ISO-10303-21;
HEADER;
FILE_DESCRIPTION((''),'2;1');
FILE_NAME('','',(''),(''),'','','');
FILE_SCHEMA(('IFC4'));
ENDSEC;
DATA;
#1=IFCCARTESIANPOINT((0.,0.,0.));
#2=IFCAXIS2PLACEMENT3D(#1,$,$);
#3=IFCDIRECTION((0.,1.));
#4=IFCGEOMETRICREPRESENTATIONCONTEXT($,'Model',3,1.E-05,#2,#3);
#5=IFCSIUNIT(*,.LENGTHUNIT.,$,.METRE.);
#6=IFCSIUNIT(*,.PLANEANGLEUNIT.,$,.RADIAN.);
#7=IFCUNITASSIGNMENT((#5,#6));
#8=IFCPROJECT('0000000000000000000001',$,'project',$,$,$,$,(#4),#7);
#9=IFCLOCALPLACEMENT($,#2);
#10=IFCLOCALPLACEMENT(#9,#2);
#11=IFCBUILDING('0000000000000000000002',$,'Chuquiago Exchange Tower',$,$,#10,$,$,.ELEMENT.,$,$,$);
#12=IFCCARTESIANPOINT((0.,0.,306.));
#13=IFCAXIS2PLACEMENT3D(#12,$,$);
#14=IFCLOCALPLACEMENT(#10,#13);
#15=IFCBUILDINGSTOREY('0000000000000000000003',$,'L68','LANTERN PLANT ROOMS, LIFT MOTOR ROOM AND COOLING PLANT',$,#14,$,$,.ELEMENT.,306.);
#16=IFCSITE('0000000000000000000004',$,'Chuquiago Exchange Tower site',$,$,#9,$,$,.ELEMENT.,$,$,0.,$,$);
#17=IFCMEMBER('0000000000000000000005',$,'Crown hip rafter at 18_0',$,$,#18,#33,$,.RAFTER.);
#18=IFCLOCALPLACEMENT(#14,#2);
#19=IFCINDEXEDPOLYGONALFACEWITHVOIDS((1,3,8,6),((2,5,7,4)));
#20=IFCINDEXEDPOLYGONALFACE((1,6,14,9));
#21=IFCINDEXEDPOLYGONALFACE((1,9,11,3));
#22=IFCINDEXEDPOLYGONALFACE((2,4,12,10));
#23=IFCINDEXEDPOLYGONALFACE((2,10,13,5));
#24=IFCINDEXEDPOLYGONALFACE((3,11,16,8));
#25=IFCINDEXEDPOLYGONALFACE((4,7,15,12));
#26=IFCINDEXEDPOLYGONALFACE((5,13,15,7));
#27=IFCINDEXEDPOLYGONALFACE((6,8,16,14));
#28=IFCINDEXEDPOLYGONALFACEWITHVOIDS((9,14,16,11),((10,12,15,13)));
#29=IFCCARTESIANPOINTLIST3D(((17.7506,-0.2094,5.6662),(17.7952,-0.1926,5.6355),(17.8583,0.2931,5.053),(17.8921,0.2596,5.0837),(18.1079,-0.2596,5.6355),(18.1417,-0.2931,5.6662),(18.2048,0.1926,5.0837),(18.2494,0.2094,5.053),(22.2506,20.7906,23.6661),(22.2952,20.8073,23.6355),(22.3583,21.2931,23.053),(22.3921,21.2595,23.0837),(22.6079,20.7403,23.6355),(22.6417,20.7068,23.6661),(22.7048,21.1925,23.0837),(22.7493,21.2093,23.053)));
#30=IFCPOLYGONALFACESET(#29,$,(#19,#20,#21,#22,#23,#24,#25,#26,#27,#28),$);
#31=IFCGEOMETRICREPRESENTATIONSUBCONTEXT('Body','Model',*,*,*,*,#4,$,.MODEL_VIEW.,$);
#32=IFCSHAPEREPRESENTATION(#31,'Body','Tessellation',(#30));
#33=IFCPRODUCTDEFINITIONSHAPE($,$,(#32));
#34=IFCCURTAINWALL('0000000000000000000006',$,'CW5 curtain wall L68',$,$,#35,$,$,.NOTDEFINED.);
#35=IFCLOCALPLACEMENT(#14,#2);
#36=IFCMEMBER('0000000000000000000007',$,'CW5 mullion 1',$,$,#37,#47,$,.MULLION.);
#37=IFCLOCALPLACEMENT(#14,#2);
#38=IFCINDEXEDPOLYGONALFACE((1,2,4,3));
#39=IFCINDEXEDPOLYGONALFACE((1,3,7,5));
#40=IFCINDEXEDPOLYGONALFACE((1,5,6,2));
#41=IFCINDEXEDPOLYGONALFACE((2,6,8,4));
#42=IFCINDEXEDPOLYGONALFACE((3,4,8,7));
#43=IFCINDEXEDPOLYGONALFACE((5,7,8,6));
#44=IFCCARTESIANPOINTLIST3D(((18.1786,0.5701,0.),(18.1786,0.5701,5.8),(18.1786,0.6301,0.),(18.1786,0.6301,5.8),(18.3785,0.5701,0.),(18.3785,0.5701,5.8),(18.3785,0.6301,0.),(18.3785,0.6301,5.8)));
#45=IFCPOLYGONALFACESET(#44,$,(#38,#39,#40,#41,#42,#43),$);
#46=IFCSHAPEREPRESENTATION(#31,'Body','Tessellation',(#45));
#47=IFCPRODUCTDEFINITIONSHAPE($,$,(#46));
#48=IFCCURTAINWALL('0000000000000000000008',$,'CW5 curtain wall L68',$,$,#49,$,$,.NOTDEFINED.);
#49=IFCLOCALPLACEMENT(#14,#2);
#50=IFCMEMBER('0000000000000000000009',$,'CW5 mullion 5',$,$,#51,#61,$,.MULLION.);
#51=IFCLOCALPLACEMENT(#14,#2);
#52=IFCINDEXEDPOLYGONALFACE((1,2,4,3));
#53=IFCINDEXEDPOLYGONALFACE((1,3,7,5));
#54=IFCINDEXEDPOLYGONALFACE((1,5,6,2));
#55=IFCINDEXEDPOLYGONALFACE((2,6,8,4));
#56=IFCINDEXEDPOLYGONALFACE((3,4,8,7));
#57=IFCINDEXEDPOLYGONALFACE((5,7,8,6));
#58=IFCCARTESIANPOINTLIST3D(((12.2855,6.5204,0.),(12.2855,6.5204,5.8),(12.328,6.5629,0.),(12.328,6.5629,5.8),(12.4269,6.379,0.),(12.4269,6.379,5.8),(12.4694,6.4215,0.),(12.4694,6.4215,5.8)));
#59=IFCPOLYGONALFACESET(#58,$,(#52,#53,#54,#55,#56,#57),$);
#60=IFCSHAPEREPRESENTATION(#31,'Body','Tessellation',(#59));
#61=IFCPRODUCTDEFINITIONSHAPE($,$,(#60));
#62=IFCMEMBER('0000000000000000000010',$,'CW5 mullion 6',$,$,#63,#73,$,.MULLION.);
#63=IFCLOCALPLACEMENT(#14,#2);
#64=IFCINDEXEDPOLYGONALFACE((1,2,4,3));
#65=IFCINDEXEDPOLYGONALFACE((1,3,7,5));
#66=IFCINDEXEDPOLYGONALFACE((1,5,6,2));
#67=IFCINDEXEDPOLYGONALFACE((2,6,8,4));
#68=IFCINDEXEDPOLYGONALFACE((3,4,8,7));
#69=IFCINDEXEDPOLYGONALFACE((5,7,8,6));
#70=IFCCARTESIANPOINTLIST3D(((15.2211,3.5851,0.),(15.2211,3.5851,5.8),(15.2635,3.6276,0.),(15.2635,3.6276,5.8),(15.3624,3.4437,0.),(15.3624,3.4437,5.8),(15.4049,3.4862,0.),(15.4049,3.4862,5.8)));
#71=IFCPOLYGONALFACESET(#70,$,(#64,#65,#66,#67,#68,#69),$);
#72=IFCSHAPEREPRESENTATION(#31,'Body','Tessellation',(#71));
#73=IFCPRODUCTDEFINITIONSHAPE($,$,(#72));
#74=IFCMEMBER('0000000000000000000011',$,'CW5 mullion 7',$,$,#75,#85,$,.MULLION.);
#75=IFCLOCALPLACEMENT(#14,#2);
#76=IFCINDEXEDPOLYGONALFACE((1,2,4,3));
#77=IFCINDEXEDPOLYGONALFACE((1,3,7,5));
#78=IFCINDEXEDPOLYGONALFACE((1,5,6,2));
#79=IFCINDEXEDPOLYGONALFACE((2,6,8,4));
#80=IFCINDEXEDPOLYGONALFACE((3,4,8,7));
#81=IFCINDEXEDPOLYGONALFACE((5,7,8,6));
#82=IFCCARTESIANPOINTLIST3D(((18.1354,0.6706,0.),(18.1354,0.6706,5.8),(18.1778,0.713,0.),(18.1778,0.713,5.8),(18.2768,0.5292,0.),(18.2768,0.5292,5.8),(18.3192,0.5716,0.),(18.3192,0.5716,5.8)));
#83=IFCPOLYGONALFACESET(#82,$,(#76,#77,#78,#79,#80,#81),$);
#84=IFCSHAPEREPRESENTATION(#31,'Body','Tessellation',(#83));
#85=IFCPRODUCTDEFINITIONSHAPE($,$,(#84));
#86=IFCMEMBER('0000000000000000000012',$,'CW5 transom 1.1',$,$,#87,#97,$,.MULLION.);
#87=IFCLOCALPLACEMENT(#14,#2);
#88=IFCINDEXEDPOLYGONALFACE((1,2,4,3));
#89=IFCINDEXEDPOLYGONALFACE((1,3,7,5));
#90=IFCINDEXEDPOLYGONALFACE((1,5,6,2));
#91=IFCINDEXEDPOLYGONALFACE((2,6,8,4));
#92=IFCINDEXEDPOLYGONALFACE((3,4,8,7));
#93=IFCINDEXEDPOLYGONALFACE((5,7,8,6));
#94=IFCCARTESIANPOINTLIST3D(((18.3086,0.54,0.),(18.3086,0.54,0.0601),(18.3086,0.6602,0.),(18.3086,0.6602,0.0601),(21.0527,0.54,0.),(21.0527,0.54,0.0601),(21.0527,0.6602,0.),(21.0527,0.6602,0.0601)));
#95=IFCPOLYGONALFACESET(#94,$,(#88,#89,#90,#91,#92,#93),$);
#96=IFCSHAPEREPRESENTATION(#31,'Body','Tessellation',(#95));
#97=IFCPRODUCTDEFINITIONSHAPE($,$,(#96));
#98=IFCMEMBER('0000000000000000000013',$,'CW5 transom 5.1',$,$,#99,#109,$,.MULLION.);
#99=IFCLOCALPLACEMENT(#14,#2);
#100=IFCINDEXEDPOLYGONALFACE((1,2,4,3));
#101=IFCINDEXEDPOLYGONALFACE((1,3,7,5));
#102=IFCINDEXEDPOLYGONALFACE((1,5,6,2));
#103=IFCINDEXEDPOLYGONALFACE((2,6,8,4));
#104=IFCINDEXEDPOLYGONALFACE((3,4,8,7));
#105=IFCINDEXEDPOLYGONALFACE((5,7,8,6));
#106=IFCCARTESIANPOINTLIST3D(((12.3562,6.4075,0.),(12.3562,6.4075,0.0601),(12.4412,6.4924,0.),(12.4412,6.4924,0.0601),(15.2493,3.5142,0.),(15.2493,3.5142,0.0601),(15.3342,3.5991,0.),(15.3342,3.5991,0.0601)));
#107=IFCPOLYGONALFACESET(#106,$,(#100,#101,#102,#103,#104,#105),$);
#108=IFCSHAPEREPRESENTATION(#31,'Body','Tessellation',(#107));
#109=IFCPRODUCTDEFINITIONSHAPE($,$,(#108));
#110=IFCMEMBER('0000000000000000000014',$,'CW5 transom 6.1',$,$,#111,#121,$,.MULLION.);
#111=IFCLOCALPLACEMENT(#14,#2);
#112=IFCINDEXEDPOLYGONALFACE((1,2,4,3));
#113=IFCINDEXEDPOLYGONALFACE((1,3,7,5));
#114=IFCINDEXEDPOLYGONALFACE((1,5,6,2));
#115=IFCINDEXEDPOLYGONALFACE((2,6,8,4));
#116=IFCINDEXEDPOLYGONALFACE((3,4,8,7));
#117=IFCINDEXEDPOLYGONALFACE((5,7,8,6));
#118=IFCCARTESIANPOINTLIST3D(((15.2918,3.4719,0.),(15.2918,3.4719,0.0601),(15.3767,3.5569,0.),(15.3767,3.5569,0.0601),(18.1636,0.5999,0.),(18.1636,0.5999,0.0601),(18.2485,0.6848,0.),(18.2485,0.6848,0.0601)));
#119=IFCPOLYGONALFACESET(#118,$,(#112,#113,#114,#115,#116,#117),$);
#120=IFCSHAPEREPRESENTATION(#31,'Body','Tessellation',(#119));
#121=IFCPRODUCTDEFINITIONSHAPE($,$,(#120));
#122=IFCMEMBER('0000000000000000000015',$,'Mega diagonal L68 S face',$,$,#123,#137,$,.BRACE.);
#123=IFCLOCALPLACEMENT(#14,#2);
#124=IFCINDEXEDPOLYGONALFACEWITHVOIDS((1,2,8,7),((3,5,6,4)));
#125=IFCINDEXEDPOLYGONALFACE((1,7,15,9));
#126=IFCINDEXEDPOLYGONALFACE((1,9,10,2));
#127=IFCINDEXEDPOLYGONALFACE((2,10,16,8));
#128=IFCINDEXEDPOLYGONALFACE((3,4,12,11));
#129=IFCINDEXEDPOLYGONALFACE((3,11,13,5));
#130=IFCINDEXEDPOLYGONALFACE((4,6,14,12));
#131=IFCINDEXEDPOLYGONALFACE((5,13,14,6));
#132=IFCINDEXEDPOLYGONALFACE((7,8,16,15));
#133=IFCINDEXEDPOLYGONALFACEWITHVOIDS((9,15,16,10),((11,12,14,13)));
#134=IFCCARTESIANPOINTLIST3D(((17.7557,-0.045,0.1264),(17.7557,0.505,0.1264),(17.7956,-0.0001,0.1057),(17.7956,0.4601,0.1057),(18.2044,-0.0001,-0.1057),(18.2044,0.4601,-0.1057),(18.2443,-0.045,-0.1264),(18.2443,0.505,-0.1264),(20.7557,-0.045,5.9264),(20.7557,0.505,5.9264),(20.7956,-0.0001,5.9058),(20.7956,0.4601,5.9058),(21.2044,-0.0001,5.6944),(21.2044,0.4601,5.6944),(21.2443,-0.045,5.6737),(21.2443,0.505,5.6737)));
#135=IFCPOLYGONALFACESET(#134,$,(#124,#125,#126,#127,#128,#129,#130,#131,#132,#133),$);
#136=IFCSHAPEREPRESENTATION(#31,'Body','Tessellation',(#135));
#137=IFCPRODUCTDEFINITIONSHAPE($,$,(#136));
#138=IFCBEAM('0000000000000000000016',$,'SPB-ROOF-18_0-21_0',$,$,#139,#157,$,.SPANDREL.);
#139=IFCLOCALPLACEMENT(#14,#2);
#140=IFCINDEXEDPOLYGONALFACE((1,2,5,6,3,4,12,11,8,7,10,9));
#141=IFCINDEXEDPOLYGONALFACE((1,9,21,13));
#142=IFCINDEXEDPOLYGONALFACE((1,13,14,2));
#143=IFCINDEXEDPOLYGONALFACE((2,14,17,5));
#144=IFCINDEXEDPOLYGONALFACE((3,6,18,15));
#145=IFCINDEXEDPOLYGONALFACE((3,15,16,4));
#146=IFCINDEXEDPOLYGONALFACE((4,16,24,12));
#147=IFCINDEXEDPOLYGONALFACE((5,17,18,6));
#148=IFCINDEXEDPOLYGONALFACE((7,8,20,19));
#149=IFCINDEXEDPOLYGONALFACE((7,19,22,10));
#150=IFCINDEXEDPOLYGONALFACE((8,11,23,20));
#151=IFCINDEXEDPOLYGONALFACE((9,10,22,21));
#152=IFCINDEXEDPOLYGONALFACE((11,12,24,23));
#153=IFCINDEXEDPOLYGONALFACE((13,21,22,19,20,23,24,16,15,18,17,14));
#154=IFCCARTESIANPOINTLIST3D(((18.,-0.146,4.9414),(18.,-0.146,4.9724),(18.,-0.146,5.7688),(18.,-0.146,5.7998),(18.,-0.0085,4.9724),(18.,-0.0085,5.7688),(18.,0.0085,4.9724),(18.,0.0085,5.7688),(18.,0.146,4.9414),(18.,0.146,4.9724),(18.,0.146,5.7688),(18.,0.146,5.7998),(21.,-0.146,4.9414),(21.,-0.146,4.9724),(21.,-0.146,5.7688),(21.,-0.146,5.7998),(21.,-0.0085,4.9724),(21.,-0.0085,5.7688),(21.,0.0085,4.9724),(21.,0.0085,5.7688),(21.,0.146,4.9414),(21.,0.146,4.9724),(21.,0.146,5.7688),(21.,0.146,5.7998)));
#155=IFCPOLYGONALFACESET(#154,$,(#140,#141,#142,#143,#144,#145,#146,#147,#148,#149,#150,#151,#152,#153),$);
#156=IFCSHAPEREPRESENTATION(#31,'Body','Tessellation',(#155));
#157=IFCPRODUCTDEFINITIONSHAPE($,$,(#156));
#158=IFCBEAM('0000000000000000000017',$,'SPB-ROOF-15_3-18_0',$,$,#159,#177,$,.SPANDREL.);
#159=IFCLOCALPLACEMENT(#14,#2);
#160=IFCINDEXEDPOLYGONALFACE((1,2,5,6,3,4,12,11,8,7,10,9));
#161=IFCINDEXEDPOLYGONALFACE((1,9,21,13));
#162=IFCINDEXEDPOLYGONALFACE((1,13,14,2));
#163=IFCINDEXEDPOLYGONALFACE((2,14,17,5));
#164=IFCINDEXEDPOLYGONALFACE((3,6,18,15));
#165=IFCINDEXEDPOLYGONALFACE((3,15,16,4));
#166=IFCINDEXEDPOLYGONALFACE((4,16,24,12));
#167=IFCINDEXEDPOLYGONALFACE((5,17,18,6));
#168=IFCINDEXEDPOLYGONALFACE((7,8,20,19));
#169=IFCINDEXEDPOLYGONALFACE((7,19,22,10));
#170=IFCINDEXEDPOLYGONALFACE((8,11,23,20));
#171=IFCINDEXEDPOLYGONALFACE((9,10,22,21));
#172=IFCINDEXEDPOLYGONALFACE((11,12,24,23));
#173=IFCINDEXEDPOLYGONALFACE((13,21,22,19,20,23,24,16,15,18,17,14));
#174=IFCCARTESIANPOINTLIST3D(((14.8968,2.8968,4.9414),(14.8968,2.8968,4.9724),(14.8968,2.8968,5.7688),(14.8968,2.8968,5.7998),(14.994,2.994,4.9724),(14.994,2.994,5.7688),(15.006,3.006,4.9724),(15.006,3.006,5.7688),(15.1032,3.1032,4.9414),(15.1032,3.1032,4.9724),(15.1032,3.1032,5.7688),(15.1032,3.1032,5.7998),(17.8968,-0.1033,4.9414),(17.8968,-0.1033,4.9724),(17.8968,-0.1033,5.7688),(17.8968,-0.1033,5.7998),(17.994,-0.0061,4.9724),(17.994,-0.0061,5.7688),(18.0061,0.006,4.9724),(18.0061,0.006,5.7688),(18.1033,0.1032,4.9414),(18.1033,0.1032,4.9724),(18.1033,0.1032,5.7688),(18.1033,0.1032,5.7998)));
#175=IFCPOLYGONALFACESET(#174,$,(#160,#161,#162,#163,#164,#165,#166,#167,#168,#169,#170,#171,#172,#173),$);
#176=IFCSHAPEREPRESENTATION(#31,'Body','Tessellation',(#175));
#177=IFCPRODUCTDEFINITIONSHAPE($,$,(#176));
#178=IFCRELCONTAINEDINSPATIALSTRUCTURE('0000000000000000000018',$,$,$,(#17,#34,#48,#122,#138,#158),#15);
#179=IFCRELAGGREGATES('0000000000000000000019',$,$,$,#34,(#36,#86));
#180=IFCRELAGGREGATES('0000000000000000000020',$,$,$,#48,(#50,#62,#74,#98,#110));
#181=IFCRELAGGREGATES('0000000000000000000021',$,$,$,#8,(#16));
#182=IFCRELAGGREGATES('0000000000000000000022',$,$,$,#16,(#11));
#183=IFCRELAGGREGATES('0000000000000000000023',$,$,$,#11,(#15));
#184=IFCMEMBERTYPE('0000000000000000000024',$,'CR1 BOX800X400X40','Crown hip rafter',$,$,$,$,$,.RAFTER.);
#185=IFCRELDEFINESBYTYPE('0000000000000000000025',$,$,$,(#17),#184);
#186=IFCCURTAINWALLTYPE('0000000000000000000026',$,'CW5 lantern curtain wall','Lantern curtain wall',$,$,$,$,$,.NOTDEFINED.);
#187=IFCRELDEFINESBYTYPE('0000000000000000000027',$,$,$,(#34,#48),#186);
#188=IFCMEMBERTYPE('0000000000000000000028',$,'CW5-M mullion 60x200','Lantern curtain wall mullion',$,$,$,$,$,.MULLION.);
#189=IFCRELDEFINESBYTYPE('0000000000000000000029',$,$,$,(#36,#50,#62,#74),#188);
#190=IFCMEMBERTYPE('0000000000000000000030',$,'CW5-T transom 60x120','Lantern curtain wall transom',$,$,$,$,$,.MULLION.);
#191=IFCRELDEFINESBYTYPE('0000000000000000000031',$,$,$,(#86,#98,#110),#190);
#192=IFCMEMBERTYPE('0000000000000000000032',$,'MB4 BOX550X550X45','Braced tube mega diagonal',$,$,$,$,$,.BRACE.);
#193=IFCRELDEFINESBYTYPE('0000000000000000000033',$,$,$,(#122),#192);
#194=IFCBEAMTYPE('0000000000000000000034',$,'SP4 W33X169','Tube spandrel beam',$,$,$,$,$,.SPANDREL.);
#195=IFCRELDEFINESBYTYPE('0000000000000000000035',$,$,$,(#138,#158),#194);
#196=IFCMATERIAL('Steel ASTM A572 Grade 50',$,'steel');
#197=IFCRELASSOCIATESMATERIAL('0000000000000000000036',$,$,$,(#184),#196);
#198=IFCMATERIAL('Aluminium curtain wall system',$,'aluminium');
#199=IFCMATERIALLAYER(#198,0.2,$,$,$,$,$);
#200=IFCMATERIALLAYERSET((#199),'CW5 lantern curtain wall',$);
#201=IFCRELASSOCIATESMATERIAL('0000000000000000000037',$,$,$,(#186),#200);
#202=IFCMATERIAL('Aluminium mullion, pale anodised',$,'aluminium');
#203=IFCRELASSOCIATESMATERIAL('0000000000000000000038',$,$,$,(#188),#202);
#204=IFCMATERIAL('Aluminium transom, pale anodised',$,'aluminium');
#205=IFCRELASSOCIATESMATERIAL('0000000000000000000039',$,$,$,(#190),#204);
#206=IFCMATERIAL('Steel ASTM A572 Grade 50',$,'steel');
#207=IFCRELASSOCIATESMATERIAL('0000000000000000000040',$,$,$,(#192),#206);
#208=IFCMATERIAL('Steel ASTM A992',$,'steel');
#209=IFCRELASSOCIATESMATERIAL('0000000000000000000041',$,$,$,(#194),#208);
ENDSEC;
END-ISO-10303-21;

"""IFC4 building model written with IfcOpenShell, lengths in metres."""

from ifc_helpers import new_model, si_unit, direction, frame, origin, origin_2d, place, context, subcontext, project, spatial, rectangle, hollow_rectangle, i_section, extrude, material, layer, layer_set, material_profile, profile_set, type_object, element, aggregate, save


model = new_model("IFC4")

# Units and contexts
model_context = context("Model", 3, precision=1e-05, world=origin(), true_north=direction((0.0, 1.0)))
body_context = subcontext(model_context, "Body", "Model", "MODEL_VIEW")
ifc_project = project(units=[si_unit("LENGTHUNIT", "METRE"), si_unit("PLANEANGLEUNIT", "RADIAN")], contexts=[model_context])

# Site, building, storey
site_placement = place(None, origin())
site = spatial("IfcSite", under=ifc_project, at=site_placement, Name="Chuquiago Exchange Tower site", CompositionType="ELEMENT", RefElevation=0.0)
building_placement = place(site_placement, origin())
building = spatial("IfcBuilding", under=site, at=building_placement, Name="Chuquiago Exchange Tower", CompositionType="ELEMENT")
storey_placement = place(building_placement, frame((0.0, 0.0, 306.0)))
storey = spatial("IfcBuildingStorey", under=building, at=storey_placement, Name="L68", Description="LANTERN PLANT ROOMS, LIFT MOTOR ROOM AND COOLING PLANT", CompositionType="ELEMENT", Elevation=306.0)

# Member
ifc_material_1 = material(Name="Steel ASTM A572 Grade 50", Category="steel")
ifc_material_profile_1 = material_profile(ifc_material_1, hollow_rectangle(XDim=0.3999, YDim=0.8, WallThickness=0.04, at=origin_2d()), Name="BOX800X400X40")
ifc_profile_set_1 = profile_set([ifc_material_profile_1], Name="Steel ASTM A572 Grade 50")
member_type_1 = type_object("IfcMemberType", Name="CR1 BOX800X400X40", Description="Crown hip rafter", PredefinedType="RAFTER", material=ifc_profile_set_1)
member_1_placement = place(storey_placement, frame((18.0, 0.0, 5.3596), z_axis=(0.160586, 0.749403, 0.642345), x_axis=(-0.977802, 0.209529, 0.0)))
element("IfcMember", 1, at=member_1_placement, inside=storey, type_object=member_type_1, Name="Crown hip rafter at 18_0", PredefinedType="RAFTER", context=body_context, shape_type="SweptSolid", body=[
    extrude(hollow_rectangle(XDim=0.3999, YDim=0.8, WallThickness=0.04, at=origin_2d()), origin(), (0.0, 0.0, 1.0), 28.0222),
])

# Curtain wall, member
ifc_material_2 = material(Name="Aluminium curtain wall system", Category="aluminium")
ifc_layer_1 = layer(ifc_material_2, 0.2)
ifc_layer_set_1 = layer_set([ifc_layer_1], Name="CW5 lantern curtain wall")
curtain_wall_type = type_object("IfcCurtainWallType", Name="CW5 lantern curtain wall", Description="Lantern curtain wall", PredefinedType="NOTDEFINED", material=ifc_layer_set_1)
curtain_wall_1_placement = place(storey_placement, origin())
curtain_wall_1 = element("IfcCurtainWall", 2, at=curtain_wall_1_placement, inside=storey, type_object=curtain_wall_type, Name="CW5 curtain wall L68", PredefinedType="NOTDEFINED")
ifc_material_3 = material(Name="Aluminium mullion, pale anodised", Category="aluminium")
ifc_material_profile_2 = material_profile(ifc_material_3, rectangle(XDim=0.0601, YDim=0.2, at=origin_2d()), Name="AL 60x200")
ifc_profile_set_2 = profile_set([ifc_material_profile_2], Name="Aluminium mullion, pale anodised")
member_type_2 = type_object("IfcMemberType", Name="CW5-M mullion 60x200", Description="Lantern curtain wall mullion", PredefinedType="MULLION", material=ifc_profile_set_2)
member_2_placement = place(storey_placement, frame((18.2786, 0.6001, 0.0), z_axis=(0.0, 0.0, 1.0), x_axis=(0.0, 1.0, 0.0)))
member_2 = element("IfcMember", 3, at=member_2_placement, type_object=member_type_2, Name="CW5 mullion 1", PredefinedType="MULLION", context=body_context, shape_type="SweptSolid", body=[
    extrude(rectangle(XDim=0.0601, YDim=0.2, at=origin_2d()), origin(), (0.0, 0.0, 1.0), 5.8),
])

# Curtain wall, members
curtain_wall_2_placement = place(storey_placement, origin())
curtain_wall_2 = element("IfcCurtainWall", 4, at=curtain_wall_2_placement, inside=storey, type_object=curtain_wall_type, Name="CW5 curtain wall L68", PredefinedType="NOTDEFINED")
member_3_placement = place(storey_placement, frame((12.3774, 6.4709, 0.0), z_axis=(0.0, 0.0, 1.0), x_axis=(0.707109, 0.707105, 0.0)))
member_3 = element("IfcMember", 5, at=member_3_placement, type_object=member_type_2, Name="CW5 mullion 5", PredefinedType="MULLION", context=body_context, shape_type="SweptSolid", body=[
    extrude(rectangle(XDim=0.0601, YDim=0.2, at=origin_2d()), origin(), (0.0, 0.0, 1.0), 5.8),
])
member_4_placement = place(storey_placement, frame((15.313, 3.5356, 0.0), z_axis=(0.0, 0.0, 1.0), x_axis=(0.707109, 0.707105, 0.0)))
member_4 = element("IfcMember", 6, at=member_4_placement, type_object=member_type_2, Name="CW5 mullion 6", PredefinedType="MULLION", context=body_context, shape_type="SweptSolid", body=[
    extrude(rectangle(XDim=0.0601, YDim=0.2, at=origin_2d()), origin(), (0.0, 0.0, 1.0), 5.8),
])
member_5_placement = place(storey_placement, frame((18.2273, 0.6211, 0.0), z_axis=(0.0, 0.0, 1.0), x_axis=(0.707109, 0.707105, 0.0)))
member_5 = element("IfcMember", 7, at=member_5_placement, type_object=member_type_2, Name="CW5 mullion 7", PredefinedType="MULLION", context=body_context, shape_type="SweptSolid", body=[
    extrude(rectangle(XDim=0.0601, YDim=0.2, at=origin_2d()), origin(), (0.0, 0.0, 1.0), 5.8),
])

# Members
ifc_material_4 = material(Name="Aluminium transom, pale anodised", Category="aluminium")
ifc_material_profile_3 = material_profile(ifc_material_4, rectangle(XDim=0.1201, YDim=0.0601, at=origin_2d()), Name="AL 120x60")
ifc_profile_set_3 = profile_set([ifc_material_profile_3], Name="Aluminium transom, pale anodised")
member_type_3 = type_object("IfcMemberType", Name="CW5-T transom 60x120", Description="Lantern curtain wall transom", PredefinedType="MULLION", material=ifc_profile_set_3)
member_6_placement = place(storey_placement, frame((18.3086, 0.6001, 0.03), z_axis=(1.0, 0.0, 0.0), x_axis=(0.0, 1.0, 0.0)))
member_6 = element("IfcMember", 8, at=member_6_placement, type_object=member_type_3, Name="CW5 transom 1.1", PredefinedType="MULLION", context=body_context, shape_type="SweptSolid", body=[
    extrude(rectangle(XDim=0.1201, YDim=0.0601, at=origin_2d()), origin(), (0.0, 0.0, 1.0), 2.7441),
])
aggregate(curtain_wall_1, [member_2, member_6])
member_7_placement = place(storey_placement, frame((12.3987, 6.45, 0.03), z_axis=(0.707077, -0.707137, 0.0), x_axis=(0.707137, 0.707077, 0.0)))
member_7 = element("IfcMember", 9, at=member_7_placement, type_object=member_type_3, Name="CW5 transom 5.1", PredefinedType="MULLION", context=body_context, shape_type="SweptSolid", body=[
    extrude(rectangle(XDim=0.1201, YDim=0.0601, at=origin_2d()), origin(), (0.0, 0.0, 1.0), 4.0916),
])
member_8_placement = place(storey_placement, frame((15.3342, 3.5144, 0.03), z_axis=(0.707077, -0.707137, 0.0), x_axis=(0.707137, 0.707077, 0.0)))
member_8 = element("IfcMember", 10, at=member_8_placement, type_object=member_type_3, Name="CW5 transom 6.1", PredefinedType="MULLION", context=body_context, shape_type="SweptSolid", body=[
    extrude(rectangle(XDim=0.1201, YDim=0.0601, at=origin_2d()), origin(), (0.0, 0.0, 1.0), 4.0615),
])
ifc_material_5 = material(Name="Steel ASTM A572 Grade 50", Category="steel")
ifc_material_profile_4 = material_profile(ifc_material_5, hollow_rectangle(XDim=0.55, YDim=0.55, WallThickness=0.0449, at=origin_2d()), Name="BOX550X550X45")
ifc_profile_set_4 = profile_set([ifc_material_profile_4], Name="Steel ASTM A572 Grade 50")
member_type_4 = type_object("IfcMemberType", Name="MB4 BOX550X550X45", Description="Braced tube mega diagonal", PredefinedType="BRACE", material=ifc_profile_set_4)
member_9_placement = place(storey_placement, frame((18.0, 0.23, 0.0), z_axis=(0.45942, 0.0, 0.888219), x_axis=(0.0, 1.0, 0.0)))
element("IfcMember", 11, at=member_9_placement, inside=storey, type_object=member_type_4, Name="Mega diagonal L68 S face", PredefinedType="BRACE", context=body_context, shape_type="SweptSolid", body=[
    extrude(hollow_rectangle(XDim=0.55, YDim=0.55, WallThickness=0.0449, at=origin_2d()), origin(), (0.0, 0.0, 1.0), 6.53),
])

# Beams
ifc_material_6 = material(Name="Steel ASTM A992", Category="steel")
ifc_material_profile_5 = material_profile(ifc_material_6, i_section(OverallWidth=0.292, OverallDepth=0.8584, WebThickness=0.0171, FlangeThickness=0.031, at=origin_2d()), Name="W33X169")
ifc_profile_set_5 = profile_set([ifc_material_profile_5], Name="Steel ASTM A992")
beam_type_1 = type_object("IfcBeamType", Name="SP4 W33X169", Description="Tube spandrel beam", PredefinedType="SPANDREL", material=ifc_profile_set_5)
beam_1_placement = place(storey_placement, frame((18.0, 0.0, 5.3706), z_axis=(1.0, 0.0, 0.0), x_axis=(0.0, 1.0, 0.0)))
element("IfcBeam", 12, at=beam_1_placement, inside=storey, type_object=beam_type_1, Name="SPB-ROOF-18_0-21_0", PredefinedType="SPANDREL", context=body_context, shape_type="SweptSolid", body=[
    extrude(i_section(OverallWidth=0.292, OverallDepth=0.8584, WebThickness=0.0171, FlangeThickness=0.031, at=origin_2d()), origin(), (0.0, 0.0, 1.0), 3.0),
])
beam_2_placement = place(storey_placement, frame((15.0, 3.0, 5.3706), z_axis=(0.707107, -0.707107, 0.0), x_axis=(0.707107, 0.707107, 0.0)))
element("IfcBeam", 13, at=beam_2_placement, inside=storey, type_object=beam_type_1, Name="SPB-ROOF-15_3-18_0", PredefinedType="SPANDREL", context=body_context, shape_type="SweptSolid", body=[
    extrude(i_section(OverallWidth=0.292, OverallDepth=0.8584, WebThickness=0.0171, FlangeThickness=0.031, at=origin_2d()), origin(), (0.0, 0.0, 1.0), 4.2427),
])

aggregate(curtain_wall_2, [member_3, member_4, member_5, member_7, member_8])

save(model, "model.ifc")
